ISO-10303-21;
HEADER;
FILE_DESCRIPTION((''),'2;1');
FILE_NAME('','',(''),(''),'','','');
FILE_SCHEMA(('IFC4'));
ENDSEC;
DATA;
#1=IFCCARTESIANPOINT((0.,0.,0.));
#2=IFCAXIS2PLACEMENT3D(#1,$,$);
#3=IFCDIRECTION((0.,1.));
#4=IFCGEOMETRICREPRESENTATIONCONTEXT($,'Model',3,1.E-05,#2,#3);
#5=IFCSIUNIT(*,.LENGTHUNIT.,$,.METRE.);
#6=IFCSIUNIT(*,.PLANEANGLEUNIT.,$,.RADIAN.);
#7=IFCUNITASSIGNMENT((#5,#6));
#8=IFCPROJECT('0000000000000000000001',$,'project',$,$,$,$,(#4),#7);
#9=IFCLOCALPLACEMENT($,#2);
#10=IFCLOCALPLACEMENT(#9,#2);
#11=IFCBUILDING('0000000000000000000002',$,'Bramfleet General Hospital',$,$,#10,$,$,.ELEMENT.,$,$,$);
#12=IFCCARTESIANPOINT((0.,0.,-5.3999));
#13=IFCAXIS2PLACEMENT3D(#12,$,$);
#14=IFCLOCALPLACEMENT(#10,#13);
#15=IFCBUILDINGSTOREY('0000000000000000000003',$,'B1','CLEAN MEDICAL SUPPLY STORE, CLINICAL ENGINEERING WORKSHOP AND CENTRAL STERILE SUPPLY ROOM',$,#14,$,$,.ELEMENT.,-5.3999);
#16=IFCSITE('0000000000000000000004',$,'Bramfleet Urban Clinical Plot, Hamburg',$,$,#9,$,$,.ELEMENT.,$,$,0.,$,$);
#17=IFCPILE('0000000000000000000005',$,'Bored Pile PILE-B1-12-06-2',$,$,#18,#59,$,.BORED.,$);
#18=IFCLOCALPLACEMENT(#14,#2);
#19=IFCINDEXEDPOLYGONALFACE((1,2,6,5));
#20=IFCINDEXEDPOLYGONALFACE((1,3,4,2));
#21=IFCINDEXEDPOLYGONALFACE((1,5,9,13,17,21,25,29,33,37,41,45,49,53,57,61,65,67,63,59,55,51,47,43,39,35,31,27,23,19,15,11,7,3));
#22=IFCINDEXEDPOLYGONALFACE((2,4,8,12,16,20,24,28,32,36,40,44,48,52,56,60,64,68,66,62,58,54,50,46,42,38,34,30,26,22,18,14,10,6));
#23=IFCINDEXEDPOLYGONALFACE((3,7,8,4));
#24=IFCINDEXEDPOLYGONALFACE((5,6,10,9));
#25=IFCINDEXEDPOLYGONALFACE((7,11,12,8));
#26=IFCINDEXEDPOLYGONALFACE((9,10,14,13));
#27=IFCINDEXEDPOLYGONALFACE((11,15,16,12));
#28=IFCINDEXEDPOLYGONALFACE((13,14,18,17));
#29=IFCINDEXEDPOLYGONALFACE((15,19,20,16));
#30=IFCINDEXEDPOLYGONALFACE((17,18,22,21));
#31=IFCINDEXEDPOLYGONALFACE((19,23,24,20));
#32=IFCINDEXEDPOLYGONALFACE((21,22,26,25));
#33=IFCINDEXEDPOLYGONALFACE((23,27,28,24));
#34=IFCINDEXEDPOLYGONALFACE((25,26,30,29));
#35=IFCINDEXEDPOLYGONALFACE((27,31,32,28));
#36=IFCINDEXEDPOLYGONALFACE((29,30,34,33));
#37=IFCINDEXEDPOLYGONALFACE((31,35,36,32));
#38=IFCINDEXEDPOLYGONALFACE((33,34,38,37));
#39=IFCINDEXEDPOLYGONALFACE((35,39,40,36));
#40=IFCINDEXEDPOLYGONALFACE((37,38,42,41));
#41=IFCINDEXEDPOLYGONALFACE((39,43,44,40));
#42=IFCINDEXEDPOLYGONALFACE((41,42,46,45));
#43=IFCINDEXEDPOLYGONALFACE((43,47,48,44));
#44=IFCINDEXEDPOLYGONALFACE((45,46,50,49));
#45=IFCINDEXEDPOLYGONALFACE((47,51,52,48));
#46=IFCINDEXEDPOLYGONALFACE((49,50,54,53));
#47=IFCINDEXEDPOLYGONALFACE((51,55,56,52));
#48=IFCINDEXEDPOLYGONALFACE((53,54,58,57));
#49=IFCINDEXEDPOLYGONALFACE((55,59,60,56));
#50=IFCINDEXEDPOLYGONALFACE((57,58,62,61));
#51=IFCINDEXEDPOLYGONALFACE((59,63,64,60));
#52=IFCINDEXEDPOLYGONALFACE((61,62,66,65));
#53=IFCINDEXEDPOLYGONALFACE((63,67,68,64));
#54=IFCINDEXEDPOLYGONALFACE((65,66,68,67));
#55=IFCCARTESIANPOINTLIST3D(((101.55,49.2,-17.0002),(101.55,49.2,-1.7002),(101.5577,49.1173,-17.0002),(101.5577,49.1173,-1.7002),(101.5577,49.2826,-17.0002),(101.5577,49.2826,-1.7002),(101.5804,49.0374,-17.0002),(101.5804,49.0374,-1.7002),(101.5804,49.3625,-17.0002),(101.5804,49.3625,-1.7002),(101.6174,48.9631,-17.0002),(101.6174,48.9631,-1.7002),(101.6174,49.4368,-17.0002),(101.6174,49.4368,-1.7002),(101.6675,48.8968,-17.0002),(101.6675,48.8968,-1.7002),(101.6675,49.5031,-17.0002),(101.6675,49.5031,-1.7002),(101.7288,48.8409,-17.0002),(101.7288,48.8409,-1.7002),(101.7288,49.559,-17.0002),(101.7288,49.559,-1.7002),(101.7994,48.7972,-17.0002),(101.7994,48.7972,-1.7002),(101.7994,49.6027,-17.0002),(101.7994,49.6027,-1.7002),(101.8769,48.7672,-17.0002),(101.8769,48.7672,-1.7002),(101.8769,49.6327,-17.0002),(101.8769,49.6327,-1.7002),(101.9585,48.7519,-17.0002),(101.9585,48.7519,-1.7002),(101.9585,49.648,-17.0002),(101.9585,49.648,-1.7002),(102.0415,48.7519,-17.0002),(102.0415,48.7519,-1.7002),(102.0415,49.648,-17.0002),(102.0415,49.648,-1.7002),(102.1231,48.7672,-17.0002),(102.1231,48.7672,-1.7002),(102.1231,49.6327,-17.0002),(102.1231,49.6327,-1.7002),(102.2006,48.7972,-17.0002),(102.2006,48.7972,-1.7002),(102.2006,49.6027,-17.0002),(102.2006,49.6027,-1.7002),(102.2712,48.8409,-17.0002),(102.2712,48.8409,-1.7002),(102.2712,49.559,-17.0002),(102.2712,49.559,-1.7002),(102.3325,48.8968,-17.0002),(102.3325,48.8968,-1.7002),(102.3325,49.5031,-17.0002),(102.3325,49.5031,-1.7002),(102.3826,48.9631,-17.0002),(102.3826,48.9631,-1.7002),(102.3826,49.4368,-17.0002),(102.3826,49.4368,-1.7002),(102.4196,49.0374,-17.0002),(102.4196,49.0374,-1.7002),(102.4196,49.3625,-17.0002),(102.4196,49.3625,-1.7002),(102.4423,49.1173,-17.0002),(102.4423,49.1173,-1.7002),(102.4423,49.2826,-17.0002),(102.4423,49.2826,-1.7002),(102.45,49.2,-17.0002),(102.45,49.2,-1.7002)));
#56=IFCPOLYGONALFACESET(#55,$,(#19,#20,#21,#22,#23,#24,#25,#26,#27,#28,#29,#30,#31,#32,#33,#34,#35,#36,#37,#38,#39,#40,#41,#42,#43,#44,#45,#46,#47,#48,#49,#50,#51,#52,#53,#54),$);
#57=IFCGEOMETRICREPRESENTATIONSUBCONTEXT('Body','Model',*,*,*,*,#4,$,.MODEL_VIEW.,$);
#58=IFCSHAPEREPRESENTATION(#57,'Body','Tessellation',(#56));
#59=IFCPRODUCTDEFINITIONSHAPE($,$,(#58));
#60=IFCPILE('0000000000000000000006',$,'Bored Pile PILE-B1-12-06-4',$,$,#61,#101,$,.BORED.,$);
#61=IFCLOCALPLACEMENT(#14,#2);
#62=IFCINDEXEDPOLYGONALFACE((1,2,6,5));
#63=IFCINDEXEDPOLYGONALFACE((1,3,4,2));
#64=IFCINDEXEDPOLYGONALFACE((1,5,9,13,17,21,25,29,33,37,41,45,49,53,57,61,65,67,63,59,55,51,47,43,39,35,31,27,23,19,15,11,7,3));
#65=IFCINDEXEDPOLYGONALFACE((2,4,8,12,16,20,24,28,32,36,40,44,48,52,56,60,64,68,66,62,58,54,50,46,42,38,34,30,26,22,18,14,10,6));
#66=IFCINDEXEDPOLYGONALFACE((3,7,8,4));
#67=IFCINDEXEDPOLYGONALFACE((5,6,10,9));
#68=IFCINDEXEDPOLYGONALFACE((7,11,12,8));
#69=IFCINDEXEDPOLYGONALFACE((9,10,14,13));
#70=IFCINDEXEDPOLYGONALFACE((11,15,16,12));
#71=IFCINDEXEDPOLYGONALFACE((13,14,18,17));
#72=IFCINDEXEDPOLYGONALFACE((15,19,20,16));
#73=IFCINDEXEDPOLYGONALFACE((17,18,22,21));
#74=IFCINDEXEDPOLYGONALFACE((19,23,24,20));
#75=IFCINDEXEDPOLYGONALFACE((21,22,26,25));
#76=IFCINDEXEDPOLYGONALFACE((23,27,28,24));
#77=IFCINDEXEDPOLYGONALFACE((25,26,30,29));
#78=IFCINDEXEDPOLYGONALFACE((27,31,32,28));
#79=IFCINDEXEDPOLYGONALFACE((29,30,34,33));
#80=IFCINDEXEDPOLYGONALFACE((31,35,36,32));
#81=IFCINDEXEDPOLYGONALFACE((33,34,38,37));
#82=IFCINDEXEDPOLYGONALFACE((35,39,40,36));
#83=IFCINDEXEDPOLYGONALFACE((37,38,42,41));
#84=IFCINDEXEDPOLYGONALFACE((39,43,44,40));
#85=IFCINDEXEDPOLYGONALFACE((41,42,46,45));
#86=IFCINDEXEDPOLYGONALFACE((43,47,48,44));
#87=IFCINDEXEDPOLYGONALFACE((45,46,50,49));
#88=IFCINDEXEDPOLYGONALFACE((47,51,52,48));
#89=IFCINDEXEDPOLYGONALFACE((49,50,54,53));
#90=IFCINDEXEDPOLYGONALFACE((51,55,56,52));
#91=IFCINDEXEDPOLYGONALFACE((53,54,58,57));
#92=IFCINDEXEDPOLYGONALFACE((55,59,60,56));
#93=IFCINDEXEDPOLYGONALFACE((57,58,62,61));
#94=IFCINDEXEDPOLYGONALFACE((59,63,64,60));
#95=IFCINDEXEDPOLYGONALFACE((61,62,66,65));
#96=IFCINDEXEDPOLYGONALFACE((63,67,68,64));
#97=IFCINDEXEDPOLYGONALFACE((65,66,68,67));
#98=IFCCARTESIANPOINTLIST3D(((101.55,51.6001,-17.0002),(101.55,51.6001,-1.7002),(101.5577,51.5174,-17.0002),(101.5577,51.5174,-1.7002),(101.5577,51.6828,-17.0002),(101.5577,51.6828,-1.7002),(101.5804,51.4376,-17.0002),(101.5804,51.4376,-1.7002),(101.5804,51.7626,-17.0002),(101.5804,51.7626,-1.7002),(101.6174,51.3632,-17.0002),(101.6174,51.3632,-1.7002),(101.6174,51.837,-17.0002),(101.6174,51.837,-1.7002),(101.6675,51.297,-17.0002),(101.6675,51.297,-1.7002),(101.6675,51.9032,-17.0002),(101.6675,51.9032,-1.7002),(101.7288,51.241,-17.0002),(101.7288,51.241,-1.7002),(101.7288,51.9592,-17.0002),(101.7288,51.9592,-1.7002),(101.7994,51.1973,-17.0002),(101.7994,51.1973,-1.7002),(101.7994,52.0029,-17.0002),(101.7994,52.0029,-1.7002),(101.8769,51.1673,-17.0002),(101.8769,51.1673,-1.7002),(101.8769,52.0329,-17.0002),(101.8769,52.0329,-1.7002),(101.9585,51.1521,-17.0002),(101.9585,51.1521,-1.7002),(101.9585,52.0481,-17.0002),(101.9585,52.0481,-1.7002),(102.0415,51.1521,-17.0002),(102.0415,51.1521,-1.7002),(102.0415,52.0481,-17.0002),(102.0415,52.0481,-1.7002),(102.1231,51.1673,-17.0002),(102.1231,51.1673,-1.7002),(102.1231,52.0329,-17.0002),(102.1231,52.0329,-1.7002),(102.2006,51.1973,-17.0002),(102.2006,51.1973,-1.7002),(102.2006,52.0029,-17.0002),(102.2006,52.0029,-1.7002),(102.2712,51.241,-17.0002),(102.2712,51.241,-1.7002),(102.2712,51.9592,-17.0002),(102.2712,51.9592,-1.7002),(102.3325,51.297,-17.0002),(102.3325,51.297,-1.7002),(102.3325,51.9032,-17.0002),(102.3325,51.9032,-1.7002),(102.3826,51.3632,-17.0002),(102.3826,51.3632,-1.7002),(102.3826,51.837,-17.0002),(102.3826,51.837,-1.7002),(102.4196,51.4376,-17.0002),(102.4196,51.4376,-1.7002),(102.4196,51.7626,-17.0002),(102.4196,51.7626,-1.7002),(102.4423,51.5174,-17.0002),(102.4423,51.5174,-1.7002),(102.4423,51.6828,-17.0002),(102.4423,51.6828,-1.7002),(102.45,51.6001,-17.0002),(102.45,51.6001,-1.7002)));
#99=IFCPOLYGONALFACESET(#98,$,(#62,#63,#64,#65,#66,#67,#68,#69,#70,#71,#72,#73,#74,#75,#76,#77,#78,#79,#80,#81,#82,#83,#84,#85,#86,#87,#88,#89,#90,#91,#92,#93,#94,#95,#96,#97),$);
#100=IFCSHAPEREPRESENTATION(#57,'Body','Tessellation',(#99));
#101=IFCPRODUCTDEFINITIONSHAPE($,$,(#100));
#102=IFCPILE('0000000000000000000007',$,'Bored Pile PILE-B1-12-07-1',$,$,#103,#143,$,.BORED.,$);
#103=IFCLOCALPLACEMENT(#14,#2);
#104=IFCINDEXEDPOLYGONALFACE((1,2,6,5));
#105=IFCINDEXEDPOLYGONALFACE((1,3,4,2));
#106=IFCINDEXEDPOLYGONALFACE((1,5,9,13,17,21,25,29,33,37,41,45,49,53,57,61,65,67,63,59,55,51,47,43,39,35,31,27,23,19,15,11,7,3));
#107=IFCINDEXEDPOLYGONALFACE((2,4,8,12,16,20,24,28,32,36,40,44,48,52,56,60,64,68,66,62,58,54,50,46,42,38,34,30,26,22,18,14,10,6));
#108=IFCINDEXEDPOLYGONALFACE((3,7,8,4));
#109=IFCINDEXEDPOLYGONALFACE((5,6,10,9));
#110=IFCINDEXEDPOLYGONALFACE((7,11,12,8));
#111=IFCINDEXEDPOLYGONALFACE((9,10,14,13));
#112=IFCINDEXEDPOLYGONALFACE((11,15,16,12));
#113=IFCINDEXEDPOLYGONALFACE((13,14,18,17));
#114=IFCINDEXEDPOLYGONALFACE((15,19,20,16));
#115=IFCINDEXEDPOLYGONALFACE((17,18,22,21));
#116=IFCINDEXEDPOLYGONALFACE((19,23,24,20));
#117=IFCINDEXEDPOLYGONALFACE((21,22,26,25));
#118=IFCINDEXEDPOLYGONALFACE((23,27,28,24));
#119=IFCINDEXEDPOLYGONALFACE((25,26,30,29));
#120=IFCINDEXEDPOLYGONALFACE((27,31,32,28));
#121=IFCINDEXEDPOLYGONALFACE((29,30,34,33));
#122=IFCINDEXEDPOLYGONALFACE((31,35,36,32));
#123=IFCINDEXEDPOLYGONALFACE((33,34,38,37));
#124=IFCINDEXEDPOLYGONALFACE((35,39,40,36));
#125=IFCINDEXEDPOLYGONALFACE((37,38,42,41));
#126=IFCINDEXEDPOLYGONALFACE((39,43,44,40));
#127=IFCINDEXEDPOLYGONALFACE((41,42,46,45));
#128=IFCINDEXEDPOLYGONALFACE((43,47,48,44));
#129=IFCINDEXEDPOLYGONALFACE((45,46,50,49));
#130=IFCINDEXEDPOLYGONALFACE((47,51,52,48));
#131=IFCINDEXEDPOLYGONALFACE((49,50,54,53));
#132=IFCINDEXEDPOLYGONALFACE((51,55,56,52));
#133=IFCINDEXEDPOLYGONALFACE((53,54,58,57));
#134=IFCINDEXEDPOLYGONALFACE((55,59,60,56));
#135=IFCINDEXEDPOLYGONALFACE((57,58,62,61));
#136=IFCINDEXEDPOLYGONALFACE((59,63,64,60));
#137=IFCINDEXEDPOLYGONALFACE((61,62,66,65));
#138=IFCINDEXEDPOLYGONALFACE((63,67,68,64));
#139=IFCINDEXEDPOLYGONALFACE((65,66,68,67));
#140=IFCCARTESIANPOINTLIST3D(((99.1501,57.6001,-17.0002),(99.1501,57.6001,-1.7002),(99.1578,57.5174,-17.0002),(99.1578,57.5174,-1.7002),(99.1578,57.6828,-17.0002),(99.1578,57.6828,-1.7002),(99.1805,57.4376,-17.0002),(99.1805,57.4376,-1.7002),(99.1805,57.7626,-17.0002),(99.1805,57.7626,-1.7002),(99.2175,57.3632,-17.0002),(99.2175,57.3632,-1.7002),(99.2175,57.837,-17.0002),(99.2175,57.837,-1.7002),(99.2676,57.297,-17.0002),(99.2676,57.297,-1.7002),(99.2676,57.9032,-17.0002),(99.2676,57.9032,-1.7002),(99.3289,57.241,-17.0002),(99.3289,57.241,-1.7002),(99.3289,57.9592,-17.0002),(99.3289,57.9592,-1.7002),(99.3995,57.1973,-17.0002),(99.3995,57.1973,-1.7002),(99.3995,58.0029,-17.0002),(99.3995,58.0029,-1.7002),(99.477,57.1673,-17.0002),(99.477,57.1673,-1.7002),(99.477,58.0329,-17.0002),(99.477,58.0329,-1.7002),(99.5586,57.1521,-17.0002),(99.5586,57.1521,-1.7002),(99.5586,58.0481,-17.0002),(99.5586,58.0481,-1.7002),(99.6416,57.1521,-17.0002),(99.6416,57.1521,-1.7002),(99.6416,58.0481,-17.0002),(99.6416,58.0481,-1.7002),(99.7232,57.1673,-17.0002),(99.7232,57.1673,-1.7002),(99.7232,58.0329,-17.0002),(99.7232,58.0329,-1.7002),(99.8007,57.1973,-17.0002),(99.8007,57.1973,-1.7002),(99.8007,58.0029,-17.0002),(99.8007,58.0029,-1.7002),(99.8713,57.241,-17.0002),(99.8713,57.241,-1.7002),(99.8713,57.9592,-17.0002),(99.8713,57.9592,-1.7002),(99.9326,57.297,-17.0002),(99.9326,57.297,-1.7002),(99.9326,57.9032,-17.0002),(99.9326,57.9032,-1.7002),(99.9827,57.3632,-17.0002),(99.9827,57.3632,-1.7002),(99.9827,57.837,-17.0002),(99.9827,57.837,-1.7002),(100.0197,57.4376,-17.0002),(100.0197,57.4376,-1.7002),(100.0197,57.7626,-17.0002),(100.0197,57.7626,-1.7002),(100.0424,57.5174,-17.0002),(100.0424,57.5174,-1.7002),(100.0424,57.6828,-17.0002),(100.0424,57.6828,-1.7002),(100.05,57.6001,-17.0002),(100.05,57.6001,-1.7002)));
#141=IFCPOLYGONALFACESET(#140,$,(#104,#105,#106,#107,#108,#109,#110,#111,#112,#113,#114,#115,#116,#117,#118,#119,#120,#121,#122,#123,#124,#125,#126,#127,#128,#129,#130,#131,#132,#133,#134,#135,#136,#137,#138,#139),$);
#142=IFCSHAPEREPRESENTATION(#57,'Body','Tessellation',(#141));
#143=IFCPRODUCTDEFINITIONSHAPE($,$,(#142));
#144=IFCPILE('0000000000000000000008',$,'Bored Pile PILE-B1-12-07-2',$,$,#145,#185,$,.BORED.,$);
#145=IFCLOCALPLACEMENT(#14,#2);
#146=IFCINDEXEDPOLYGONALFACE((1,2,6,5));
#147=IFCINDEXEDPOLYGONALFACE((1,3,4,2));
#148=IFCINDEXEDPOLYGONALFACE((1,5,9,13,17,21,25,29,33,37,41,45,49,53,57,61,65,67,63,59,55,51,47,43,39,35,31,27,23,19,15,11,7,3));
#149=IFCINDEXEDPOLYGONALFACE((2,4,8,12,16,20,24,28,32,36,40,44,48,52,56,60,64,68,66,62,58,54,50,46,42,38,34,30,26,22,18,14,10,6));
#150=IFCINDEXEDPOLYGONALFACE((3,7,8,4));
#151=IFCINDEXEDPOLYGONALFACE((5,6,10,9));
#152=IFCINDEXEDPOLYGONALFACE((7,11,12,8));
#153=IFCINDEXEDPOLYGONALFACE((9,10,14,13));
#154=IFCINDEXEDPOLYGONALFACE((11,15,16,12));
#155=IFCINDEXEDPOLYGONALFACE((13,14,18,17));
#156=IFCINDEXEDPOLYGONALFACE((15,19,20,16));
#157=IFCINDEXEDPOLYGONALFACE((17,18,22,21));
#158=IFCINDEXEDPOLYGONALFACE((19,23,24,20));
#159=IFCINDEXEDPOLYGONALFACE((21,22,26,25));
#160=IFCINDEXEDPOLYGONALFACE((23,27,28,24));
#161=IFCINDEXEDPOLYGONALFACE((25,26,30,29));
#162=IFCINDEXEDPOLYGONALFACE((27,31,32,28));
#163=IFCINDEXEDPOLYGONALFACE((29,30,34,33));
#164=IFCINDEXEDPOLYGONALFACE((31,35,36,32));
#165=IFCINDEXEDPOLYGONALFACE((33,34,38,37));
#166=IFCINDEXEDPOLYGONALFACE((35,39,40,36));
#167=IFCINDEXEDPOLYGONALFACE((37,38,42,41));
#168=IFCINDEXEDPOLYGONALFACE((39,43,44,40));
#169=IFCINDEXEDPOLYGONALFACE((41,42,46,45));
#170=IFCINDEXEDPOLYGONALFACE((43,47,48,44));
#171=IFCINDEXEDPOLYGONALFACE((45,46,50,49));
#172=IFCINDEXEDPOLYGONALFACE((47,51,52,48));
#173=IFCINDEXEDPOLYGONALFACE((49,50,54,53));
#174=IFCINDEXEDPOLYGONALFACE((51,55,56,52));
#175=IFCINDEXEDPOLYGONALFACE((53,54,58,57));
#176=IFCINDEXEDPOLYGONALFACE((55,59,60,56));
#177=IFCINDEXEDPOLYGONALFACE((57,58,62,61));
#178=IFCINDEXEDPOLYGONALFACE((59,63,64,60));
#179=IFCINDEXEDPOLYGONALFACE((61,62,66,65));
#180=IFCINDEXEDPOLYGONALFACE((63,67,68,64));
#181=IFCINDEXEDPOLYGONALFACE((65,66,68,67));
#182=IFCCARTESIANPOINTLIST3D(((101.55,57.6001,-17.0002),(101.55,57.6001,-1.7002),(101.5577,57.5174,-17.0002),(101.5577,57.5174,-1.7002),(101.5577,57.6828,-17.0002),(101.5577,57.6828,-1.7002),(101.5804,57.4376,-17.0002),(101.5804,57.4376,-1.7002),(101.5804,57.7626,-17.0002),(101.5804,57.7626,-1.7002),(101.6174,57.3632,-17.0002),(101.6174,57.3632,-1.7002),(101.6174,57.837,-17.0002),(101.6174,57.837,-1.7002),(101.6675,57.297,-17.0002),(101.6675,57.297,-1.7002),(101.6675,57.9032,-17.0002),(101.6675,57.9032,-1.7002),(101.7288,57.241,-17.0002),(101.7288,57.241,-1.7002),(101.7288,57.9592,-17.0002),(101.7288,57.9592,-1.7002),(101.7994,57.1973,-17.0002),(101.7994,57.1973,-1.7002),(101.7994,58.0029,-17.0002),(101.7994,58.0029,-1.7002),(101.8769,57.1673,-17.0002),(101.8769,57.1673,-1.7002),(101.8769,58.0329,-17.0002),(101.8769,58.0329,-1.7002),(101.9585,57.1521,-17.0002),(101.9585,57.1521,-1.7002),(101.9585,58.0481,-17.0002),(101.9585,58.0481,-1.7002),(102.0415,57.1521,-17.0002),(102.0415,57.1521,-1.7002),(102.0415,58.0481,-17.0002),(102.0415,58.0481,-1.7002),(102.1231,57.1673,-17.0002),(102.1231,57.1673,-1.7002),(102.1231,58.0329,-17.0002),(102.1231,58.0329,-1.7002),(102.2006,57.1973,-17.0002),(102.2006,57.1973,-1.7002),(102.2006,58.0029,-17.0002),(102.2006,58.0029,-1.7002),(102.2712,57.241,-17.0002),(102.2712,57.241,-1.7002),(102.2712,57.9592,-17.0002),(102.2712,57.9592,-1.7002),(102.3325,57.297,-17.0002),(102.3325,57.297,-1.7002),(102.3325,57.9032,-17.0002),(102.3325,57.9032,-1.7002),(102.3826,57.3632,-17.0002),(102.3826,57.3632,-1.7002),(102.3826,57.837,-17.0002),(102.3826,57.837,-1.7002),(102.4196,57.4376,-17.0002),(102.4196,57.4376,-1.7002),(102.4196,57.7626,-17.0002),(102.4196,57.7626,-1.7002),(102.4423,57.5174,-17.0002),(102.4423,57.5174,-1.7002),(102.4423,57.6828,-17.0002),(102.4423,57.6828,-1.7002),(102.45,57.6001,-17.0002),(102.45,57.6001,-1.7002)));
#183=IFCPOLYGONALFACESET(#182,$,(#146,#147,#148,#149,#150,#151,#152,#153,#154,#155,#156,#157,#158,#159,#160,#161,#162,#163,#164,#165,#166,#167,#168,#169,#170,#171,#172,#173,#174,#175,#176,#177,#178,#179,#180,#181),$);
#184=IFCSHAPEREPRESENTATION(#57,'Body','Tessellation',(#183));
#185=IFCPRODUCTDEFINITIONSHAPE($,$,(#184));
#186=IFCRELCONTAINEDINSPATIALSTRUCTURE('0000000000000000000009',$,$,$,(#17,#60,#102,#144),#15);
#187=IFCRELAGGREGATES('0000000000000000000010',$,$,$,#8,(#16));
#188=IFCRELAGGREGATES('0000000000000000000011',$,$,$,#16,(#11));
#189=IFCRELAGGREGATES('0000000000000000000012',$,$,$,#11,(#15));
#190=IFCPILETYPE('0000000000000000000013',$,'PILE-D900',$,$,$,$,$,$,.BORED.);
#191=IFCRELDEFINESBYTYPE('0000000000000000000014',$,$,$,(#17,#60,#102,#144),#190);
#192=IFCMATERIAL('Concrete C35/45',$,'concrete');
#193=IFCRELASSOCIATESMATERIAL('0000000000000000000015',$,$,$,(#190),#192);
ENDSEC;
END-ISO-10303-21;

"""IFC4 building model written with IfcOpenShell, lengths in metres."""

from ifc_helpers import new_model, si_unit, direction, frame, origin, origin_2d, place, context, subcontext, project, spatial, circle, extrude, material, material_profile, profile_set, type_object, element, save


model = new_model("IFC4")

# Units and contexts
model_context = context("Model", 3, precision=1e-05, world=origin(), true_north=direction((0.0, 1.0)))
body_context = subcontext(model_context, "Body", "Model", "MODEL_VIEW")
ifc_project = project(units=[si_unit("LENGTHUNIT", "METRE"), si_unit("PLANEANGLEUNIT", "RADIAN")], contexts=[model_context])

# Site, building, storey
site_placement = place(None, origin())
site = spatial("IfcSite", under=ifc_project, at=site_placement, Name="Bramfleet Urban Clinical Plot, Hamburg", CompositionType="ELEMENT", RefElevation=0.0)
building_placement = place(site_placement, origin())
building = spatial("IfcBuilding", under=site, at=building_placement, Name="Bramfleet General Hospital", CompositionType="ELEMENT")
storey_placement = place(building_placement, frame((0.0, 0.0, -5.3999)))
storey = spatial("IfcBuildingStorey", under=building, at=storey_placement, Name="B1", Description="CLEAN MEDICAL SUPPLY STORE, CLINICAL ENGINEERING WORKSHOP AND CENTRAL STERILE SUPPLY ROOM", CompositionType="ELEMENT", Elevation=-5.3999)

# Shared definitions
ifc_material_1 = material(Name="Concrete C35/45", Category="concrete")

# Piles
ifc_material_profile_1 = material_profile(ifc_material_1, circle(Radius=0.45, at=origin_2d()), Name="PILE BORED D900")
ifc_profile_set_1 = profile_set([ifc_material_profile_1], Name="Concrete C35/45")
pile_type = type_object("IfcPileType", Name="PILE-D900", PredefinedType="BORED", material=ifc_profile_set_1)
for number, where, z_axis, x_axis, name in (
    (1, (102.0, 49.2, -1.7002), (0.0, 0.0, -1.0), (1.0, 0.0, 0.0), "Bored Pile PILE-B1-12-06-2"),
    (2, (102.0, 51.6001, -1.7002), (0.0, 0.0, -1.0), (1.0, 0.0, 0.0), "Bored Pile PILE-B1-12-06-4"),
    (3, (99.6001, 57.6001, -1.7002), (0.0, 0.0, -1.0), (1.0, 0.0, 0.0), "Bored Pile PILE-B1-12-07-1"),
    (4, (102.0, 57.6001, -1.7002), (0.0, 0.0, -1.0), (1.0, 0.0, 0.0), "Bored Pile PILE-B1-12-07-2"),
):
    element("IfcPile", number, at=place(storey_placement, frame(where, z_axis=z_axis, x_axis=x_axis)), inside=storey, type_object=pile_type, Name=name, PredefinedType="BORED", context=body_context, shape_type="SweptSolid", body=[
        extrude(circle(Radius=0.45, at=origin_2d()), origin(), (0.0, 0.0, 1.0), 15.3),
    ])

save(model, "model.ifc")
